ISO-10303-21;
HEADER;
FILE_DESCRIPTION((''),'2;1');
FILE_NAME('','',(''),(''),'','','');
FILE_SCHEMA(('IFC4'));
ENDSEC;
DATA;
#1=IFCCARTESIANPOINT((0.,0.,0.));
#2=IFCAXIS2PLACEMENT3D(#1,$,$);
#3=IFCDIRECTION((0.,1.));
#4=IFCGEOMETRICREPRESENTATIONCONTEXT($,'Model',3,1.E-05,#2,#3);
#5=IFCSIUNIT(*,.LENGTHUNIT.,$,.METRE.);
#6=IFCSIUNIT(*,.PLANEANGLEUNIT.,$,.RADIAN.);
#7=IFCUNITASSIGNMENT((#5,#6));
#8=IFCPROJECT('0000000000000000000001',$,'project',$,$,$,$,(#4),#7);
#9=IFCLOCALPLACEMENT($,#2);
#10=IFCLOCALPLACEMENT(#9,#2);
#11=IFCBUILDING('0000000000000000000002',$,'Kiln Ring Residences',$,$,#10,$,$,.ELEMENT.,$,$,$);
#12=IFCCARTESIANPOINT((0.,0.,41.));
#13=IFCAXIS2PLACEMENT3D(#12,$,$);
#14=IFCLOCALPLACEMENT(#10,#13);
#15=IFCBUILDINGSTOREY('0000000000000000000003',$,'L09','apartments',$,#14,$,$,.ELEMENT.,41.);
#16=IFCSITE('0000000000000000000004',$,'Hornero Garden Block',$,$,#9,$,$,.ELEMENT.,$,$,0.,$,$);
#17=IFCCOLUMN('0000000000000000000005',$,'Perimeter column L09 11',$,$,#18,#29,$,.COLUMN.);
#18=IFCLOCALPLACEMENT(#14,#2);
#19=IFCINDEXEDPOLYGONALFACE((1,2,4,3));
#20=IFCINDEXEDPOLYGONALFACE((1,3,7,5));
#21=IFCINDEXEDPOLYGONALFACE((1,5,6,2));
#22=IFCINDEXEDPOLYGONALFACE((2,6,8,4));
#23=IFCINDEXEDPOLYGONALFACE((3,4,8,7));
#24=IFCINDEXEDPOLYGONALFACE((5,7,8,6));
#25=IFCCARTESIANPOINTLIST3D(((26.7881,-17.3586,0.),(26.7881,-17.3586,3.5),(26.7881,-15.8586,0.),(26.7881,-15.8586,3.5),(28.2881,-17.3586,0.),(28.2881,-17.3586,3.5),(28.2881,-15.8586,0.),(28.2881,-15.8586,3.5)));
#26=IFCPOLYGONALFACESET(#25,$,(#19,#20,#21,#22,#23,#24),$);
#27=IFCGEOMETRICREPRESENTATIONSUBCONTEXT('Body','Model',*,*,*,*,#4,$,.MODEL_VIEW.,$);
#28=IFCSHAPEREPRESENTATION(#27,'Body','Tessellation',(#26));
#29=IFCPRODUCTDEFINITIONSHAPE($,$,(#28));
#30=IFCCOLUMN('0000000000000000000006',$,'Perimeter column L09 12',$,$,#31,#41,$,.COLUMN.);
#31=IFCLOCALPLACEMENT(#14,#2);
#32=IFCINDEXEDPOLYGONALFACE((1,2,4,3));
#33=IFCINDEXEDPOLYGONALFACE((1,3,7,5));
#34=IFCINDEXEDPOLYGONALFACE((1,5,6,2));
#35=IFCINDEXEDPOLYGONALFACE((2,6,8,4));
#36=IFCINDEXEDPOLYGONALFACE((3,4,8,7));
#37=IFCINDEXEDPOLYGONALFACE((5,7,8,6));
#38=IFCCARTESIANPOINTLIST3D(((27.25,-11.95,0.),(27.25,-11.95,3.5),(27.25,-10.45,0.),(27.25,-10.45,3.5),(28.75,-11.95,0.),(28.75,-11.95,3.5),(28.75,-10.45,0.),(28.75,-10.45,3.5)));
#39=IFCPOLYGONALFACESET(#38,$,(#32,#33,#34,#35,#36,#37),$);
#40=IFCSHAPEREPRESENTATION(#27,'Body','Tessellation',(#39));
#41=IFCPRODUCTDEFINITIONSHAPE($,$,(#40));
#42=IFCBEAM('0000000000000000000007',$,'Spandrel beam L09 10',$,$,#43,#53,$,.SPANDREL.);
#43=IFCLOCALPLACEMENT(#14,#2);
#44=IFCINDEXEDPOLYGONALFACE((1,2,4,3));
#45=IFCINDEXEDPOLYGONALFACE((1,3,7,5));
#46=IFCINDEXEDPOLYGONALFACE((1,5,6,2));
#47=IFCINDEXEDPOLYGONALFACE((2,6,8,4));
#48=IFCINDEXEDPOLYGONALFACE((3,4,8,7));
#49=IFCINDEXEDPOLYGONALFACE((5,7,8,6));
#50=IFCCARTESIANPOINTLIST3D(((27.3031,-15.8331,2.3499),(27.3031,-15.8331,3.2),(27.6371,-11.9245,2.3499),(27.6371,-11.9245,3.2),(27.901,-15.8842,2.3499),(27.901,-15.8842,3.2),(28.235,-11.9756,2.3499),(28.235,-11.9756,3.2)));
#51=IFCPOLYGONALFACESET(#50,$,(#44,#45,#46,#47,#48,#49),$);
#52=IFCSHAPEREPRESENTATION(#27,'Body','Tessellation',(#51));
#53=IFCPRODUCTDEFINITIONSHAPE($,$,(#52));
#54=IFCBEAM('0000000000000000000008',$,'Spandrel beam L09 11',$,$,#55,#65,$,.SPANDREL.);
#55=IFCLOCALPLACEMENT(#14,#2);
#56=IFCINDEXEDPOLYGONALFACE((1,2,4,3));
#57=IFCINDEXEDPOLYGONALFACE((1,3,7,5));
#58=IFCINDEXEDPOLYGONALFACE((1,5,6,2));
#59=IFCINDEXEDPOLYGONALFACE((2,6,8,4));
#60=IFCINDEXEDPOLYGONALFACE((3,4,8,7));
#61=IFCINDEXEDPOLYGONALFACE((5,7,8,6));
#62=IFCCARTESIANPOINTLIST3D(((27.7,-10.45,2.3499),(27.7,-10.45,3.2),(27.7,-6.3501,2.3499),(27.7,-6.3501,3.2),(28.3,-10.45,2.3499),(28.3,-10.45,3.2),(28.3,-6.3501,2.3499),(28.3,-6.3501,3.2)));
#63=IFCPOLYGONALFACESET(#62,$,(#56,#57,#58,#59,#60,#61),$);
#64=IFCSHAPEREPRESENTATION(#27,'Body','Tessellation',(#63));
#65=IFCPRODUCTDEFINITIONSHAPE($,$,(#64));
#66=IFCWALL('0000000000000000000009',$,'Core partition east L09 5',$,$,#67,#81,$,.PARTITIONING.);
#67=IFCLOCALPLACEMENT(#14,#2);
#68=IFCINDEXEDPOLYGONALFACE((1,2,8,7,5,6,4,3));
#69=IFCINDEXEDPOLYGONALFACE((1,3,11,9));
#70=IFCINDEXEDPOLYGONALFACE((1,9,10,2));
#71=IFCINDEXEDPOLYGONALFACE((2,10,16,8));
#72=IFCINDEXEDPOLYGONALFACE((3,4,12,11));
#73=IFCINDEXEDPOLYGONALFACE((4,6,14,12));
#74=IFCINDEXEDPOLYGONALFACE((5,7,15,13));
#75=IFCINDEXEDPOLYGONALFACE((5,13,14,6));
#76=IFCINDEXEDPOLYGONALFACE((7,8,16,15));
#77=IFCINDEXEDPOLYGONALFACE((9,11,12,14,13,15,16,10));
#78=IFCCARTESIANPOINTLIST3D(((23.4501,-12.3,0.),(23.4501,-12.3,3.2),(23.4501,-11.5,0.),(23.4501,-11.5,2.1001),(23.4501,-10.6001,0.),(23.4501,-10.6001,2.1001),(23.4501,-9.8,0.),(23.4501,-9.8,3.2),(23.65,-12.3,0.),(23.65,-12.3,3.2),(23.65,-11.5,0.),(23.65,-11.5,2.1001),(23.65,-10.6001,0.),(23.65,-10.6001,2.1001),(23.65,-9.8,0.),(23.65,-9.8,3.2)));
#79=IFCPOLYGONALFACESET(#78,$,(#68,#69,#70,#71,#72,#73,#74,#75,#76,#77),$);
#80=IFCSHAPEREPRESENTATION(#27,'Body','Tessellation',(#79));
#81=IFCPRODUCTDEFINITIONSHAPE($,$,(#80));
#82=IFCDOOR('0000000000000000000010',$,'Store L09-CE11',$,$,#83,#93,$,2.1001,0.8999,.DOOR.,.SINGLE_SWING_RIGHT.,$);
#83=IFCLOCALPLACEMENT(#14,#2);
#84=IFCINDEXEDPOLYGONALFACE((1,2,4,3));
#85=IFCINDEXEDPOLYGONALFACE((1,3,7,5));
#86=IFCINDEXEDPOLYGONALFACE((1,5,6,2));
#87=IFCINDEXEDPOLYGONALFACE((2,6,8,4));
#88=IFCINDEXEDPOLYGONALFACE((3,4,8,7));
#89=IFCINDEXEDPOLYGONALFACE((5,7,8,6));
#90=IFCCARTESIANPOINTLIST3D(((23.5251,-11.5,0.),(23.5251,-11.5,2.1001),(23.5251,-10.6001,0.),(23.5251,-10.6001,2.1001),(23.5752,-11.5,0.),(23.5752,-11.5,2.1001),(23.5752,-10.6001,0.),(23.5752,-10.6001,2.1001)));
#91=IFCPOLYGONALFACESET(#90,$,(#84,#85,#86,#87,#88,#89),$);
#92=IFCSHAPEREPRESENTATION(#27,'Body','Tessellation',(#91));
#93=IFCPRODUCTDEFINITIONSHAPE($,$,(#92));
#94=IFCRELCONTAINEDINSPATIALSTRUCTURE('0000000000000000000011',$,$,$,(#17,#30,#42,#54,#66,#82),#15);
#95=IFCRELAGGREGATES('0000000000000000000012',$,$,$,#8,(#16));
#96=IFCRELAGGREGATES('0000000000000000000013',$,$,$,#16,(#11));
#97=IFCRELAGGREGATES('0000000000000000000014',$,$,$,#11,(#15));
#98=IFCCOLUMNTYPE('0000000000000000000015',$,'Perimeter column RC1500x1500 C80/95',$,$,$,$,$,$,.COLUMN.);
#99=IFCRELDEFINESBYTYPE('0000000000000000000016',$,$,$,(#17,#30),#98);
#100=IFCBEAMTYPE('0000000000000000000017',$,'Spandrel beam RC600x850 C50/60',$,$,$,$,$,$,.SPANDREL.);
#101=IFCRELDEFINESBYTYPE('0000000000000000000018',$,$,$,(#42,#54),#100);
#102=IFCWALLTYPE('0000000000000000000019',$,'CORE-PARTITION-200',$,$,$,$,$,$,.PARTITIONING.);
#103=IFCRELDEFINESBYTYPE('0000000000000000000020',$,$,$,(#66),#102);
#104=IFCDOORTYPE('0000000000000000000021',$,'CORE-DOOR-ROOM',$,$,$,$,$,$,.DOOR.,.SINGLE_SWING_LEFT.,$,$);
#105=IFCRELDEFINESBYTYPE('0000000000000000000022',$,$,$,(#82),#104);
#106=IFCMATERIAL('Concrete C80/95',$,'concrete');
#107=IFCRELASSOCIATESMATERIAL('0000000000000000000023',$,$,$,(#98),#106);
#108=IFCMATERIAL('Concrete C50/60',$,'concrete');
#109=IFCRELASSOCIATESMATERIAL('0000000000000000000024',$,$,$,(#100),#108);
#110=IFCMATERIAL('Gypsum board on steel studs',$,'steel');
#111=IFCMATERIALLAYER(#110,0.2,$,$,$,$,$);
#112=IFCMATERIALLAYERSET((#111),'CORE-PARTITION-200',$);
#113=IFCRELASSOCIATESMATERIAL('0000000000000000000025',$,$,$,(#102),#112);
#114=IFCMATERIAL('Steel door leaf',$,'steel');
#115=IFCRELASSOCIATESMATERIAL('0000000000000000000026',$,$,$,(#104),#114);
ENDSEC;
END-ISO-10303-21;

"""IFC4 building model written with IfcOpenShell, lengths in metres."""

from ifc_helpers import new_model, si_unit, direction, frame, frame_2d, origin, origin_2d, place, context, subcontext, project, spatial, rectangle, extrude, material, layer, layer_set, material_profile, profile_set, type_object, element, fill, save


model = new_model("IFC4")

# Units and contexts
model_context = context("Model", 3, precision=1e-05, world=origin(), true_north=direction((0.0, 1.0)))
body_context = subcontext(model_context, "Body", "Model", "MODEL_VIEW")
ifc_project = project(units=[si_unit("LENGTHUNIT", "METRE"), si_unit("PLANEANGLEUNIT", "RADIAN")], contexts=[model_context])

# Site, building, storey
site_placement = place(None, origin())
site = spatial("IfcSite", under=ifc_project, at=site_placement, Name="Hornero Garden Block", CompositionType="ELEMENT", RefElevation=0.0)
building_placement = place(site_placement, origin())
building = spatial("IfcBuilding", under=site, at=building_placement, Name="Kiln Ring Residences", CompositionType="ELEMENT")
storey_placement = place(building_placement, frame((0.0, 0.0, 41.0)))
storey = spatial("IfcBuildingStorey", under=building, at=storey_placement, Name="L09", Description="apartments", CompositionType="ELEMENT", Elevation=41.0)

# Columns
ifc_material_1 = material(Name="Concrete C80/95", Category="concrete")
ifc_material_profile_1 = material_profile(ifc_material_1, rectangle(XDim=1.5, YDim=1.5, at=origin_2d()), Name="RC1500x1500")
ifc_profile_set_1 = profile_set([ifc_material_profile_1], Name="Concrete C80/95")
column_type = type_object("IfcColumnType", Name="Perimeter column RC1500x1500 C80/95", PredefinedType="COLUMN", material=ifc_profile_set_1)
for number, where, z_axis, x_axis, name in (
    (1, (27.5381, -16.6086, 0.0), (0.0, 0.0, 1.0), (1.0, 0.0, 0.0), "Perimeter column L09 11"),
    (2, (28.0, -11.2, 0.0), (0.0, 0.0, 1.0), (1.0, 0.0, 0.0), "Perimeter column L09 12"),
):
    element("IfcColumn", number, at=place(storey_placement, frame(where, z_axis=z_axis, x_axis=x_axis)), inside=storey, type_object=column_type, Name=name, PredefinedType="COLUMN", context=body_context, shape_type="SweptSolid", body=[
        extrude(rectangle(XDim=1.5, YDim=1.5, at=origin_2d()), origin(), (0.0, 0.0, 1.0), 3.5),
    ])

# Beams
ifc_material_2 = material(Name="Concrete C50/60", Category="concrete")
ifc_material_profile_2 = material_profile(ifc_material_2, rectangle(XDim=0.6001, YDim=0.8501, at=origin_2d()), Name="RC600x850")
ifc_profile_set_2 = profile_set([ifc_material_profile_2], Name="Concrete C50/60")
beam_type = type_object("IfcBeamType", Name="Spandrel beam RC600x850 C50/60", PredefinedType="SPANDREL", material=ifc_profile_set_2)
beam_1_placement = place(storey_placement, frame((27.6021, -15.8586, 2.7749), z_axis=(0.085136, 0.996369, 0.0), x_axis=(-0.996369, 0.085136, 0.0)))
element("IfcBeam", 3, at=beam_1_placement, inside=storey, type_object=beam_type, Name="Spandrel beam L09 10", PredefinedType="SPANDREL", context=body_context, shape_type="SweptSolid", body=[
    extrude(rectangle(XDim=0.6001, YDim=0.8501, at=origin_2d()), origin(), (0.0, 0.0, 1.0), 3.9229),
])
beam_2_placement = place(storey_placement, frame((28.0, -10.45, 2.7749), z_axis=(0.0, 1.0, 0.0), x_axis=(-1.0, 0.0, 0.0)))
element("IfcBeam", 4, at=beam_2_placement, inside=storey, type_object=beam_type, Name="Spandrel beam L09 11", PredefinedType="SPANDREL", context=body_context, shape_type="SweptSolid", body=[
    extrude(rectangle(XDim=0.6001, YDim=0.8501, at=origin_2d()), origin(), (0.0, 0.0, 1.0), 4.0999),
])

# Wall, opening, door
ifc_material_3 = material(Name="Gypsum board on steel studs", Category="steel")
ifc_layer_1 = layer(ifc_material_3, 0.2)
ifc_layer_set_1 = layer_set([ifc_layer_1], Name="CORE-PARTITION-200")
wall_type_1 = type_object("IfcWallType", Name="CORE-PARTITION-200", PredefinedType="PARTITIONING", material=ifc_layer_set_1)
wall_1_placement = place(storey_placement, frame((23.55, -12.3, 0.0), z_axis=(0.0, 0.0, 1.0), x_axis=(0.0, 1.0, 0.0)))
wall_1 = element("IfcWall", 5, at=wall_1_placement, inside=storey, type_object=wall_type_1, Name="Core partition east L09 5", PredefinedType="PARTITIONING", context=body_context, shape_type="SweptSolid", body=[
    extrude(rectangle(XDim=2.5, YDim=0.2, at=frame_2d((1.25, 0.0))), origin(), (0.0, 0.0, 1.0), 3.2),
])
opening_1_placement = place(wall_1_placement, frame((0.8, 0.0, 0.0)))
opening_1 = element("IfcOpeningElement", 6, at=opening_1_placement, cuts=wall_1, PredefinedType="OPENING", context=body_context, shape_type="SweptSolid", body=[
    extrude(rectangle(XDim=0.8999, YDim=2.1001, at=frame_2d((0.45, 1.05))), frame((0.0, 0.1099, 0.0), z_axis=(0.0, -1.0, 0.0), x_axis=(1.0, 0.0, 0.0)), (0.0, 0.0, 1.0), 0.22),
])
ifc_material_4 = material(Name="Steel door leaf", Category="steel")
door_type_1 = type_object("IfcDoorType", Name="CORE-DOOR-ROOM", OperationType="SINGLE_SWING_LEFT", PredefinedType="DOOR", material=ifc_material_4)
door_1_placement = place(opening_1_placement, origin())
door_1 = element("IfcDoor", 7, at=door_1_placement, inside=storey, type_object=door_type_1, Name="Store L09-CE11", OperationType="SINGLE_SWING_RIGHT", OverallHeight=2.1001, OverallWidth=0.8999, PredefinedType="DOOR", context=body_context, shape_type="SweptSolid", body=[
    extrude(rectangle(XDim=0.8999, YDim=2.1001, at=frame_2d((0.45, 1.05))), frame((0.0, 0.0249, 0.0), z_axis=(0.0, -1.0, 0.0), x_axis=(1.0, 0.0, 0.0)), (0.0, 0.0, 1.0), 0.05),
])
fill(opening_1, door_1)

save(model, "model.ifc")
